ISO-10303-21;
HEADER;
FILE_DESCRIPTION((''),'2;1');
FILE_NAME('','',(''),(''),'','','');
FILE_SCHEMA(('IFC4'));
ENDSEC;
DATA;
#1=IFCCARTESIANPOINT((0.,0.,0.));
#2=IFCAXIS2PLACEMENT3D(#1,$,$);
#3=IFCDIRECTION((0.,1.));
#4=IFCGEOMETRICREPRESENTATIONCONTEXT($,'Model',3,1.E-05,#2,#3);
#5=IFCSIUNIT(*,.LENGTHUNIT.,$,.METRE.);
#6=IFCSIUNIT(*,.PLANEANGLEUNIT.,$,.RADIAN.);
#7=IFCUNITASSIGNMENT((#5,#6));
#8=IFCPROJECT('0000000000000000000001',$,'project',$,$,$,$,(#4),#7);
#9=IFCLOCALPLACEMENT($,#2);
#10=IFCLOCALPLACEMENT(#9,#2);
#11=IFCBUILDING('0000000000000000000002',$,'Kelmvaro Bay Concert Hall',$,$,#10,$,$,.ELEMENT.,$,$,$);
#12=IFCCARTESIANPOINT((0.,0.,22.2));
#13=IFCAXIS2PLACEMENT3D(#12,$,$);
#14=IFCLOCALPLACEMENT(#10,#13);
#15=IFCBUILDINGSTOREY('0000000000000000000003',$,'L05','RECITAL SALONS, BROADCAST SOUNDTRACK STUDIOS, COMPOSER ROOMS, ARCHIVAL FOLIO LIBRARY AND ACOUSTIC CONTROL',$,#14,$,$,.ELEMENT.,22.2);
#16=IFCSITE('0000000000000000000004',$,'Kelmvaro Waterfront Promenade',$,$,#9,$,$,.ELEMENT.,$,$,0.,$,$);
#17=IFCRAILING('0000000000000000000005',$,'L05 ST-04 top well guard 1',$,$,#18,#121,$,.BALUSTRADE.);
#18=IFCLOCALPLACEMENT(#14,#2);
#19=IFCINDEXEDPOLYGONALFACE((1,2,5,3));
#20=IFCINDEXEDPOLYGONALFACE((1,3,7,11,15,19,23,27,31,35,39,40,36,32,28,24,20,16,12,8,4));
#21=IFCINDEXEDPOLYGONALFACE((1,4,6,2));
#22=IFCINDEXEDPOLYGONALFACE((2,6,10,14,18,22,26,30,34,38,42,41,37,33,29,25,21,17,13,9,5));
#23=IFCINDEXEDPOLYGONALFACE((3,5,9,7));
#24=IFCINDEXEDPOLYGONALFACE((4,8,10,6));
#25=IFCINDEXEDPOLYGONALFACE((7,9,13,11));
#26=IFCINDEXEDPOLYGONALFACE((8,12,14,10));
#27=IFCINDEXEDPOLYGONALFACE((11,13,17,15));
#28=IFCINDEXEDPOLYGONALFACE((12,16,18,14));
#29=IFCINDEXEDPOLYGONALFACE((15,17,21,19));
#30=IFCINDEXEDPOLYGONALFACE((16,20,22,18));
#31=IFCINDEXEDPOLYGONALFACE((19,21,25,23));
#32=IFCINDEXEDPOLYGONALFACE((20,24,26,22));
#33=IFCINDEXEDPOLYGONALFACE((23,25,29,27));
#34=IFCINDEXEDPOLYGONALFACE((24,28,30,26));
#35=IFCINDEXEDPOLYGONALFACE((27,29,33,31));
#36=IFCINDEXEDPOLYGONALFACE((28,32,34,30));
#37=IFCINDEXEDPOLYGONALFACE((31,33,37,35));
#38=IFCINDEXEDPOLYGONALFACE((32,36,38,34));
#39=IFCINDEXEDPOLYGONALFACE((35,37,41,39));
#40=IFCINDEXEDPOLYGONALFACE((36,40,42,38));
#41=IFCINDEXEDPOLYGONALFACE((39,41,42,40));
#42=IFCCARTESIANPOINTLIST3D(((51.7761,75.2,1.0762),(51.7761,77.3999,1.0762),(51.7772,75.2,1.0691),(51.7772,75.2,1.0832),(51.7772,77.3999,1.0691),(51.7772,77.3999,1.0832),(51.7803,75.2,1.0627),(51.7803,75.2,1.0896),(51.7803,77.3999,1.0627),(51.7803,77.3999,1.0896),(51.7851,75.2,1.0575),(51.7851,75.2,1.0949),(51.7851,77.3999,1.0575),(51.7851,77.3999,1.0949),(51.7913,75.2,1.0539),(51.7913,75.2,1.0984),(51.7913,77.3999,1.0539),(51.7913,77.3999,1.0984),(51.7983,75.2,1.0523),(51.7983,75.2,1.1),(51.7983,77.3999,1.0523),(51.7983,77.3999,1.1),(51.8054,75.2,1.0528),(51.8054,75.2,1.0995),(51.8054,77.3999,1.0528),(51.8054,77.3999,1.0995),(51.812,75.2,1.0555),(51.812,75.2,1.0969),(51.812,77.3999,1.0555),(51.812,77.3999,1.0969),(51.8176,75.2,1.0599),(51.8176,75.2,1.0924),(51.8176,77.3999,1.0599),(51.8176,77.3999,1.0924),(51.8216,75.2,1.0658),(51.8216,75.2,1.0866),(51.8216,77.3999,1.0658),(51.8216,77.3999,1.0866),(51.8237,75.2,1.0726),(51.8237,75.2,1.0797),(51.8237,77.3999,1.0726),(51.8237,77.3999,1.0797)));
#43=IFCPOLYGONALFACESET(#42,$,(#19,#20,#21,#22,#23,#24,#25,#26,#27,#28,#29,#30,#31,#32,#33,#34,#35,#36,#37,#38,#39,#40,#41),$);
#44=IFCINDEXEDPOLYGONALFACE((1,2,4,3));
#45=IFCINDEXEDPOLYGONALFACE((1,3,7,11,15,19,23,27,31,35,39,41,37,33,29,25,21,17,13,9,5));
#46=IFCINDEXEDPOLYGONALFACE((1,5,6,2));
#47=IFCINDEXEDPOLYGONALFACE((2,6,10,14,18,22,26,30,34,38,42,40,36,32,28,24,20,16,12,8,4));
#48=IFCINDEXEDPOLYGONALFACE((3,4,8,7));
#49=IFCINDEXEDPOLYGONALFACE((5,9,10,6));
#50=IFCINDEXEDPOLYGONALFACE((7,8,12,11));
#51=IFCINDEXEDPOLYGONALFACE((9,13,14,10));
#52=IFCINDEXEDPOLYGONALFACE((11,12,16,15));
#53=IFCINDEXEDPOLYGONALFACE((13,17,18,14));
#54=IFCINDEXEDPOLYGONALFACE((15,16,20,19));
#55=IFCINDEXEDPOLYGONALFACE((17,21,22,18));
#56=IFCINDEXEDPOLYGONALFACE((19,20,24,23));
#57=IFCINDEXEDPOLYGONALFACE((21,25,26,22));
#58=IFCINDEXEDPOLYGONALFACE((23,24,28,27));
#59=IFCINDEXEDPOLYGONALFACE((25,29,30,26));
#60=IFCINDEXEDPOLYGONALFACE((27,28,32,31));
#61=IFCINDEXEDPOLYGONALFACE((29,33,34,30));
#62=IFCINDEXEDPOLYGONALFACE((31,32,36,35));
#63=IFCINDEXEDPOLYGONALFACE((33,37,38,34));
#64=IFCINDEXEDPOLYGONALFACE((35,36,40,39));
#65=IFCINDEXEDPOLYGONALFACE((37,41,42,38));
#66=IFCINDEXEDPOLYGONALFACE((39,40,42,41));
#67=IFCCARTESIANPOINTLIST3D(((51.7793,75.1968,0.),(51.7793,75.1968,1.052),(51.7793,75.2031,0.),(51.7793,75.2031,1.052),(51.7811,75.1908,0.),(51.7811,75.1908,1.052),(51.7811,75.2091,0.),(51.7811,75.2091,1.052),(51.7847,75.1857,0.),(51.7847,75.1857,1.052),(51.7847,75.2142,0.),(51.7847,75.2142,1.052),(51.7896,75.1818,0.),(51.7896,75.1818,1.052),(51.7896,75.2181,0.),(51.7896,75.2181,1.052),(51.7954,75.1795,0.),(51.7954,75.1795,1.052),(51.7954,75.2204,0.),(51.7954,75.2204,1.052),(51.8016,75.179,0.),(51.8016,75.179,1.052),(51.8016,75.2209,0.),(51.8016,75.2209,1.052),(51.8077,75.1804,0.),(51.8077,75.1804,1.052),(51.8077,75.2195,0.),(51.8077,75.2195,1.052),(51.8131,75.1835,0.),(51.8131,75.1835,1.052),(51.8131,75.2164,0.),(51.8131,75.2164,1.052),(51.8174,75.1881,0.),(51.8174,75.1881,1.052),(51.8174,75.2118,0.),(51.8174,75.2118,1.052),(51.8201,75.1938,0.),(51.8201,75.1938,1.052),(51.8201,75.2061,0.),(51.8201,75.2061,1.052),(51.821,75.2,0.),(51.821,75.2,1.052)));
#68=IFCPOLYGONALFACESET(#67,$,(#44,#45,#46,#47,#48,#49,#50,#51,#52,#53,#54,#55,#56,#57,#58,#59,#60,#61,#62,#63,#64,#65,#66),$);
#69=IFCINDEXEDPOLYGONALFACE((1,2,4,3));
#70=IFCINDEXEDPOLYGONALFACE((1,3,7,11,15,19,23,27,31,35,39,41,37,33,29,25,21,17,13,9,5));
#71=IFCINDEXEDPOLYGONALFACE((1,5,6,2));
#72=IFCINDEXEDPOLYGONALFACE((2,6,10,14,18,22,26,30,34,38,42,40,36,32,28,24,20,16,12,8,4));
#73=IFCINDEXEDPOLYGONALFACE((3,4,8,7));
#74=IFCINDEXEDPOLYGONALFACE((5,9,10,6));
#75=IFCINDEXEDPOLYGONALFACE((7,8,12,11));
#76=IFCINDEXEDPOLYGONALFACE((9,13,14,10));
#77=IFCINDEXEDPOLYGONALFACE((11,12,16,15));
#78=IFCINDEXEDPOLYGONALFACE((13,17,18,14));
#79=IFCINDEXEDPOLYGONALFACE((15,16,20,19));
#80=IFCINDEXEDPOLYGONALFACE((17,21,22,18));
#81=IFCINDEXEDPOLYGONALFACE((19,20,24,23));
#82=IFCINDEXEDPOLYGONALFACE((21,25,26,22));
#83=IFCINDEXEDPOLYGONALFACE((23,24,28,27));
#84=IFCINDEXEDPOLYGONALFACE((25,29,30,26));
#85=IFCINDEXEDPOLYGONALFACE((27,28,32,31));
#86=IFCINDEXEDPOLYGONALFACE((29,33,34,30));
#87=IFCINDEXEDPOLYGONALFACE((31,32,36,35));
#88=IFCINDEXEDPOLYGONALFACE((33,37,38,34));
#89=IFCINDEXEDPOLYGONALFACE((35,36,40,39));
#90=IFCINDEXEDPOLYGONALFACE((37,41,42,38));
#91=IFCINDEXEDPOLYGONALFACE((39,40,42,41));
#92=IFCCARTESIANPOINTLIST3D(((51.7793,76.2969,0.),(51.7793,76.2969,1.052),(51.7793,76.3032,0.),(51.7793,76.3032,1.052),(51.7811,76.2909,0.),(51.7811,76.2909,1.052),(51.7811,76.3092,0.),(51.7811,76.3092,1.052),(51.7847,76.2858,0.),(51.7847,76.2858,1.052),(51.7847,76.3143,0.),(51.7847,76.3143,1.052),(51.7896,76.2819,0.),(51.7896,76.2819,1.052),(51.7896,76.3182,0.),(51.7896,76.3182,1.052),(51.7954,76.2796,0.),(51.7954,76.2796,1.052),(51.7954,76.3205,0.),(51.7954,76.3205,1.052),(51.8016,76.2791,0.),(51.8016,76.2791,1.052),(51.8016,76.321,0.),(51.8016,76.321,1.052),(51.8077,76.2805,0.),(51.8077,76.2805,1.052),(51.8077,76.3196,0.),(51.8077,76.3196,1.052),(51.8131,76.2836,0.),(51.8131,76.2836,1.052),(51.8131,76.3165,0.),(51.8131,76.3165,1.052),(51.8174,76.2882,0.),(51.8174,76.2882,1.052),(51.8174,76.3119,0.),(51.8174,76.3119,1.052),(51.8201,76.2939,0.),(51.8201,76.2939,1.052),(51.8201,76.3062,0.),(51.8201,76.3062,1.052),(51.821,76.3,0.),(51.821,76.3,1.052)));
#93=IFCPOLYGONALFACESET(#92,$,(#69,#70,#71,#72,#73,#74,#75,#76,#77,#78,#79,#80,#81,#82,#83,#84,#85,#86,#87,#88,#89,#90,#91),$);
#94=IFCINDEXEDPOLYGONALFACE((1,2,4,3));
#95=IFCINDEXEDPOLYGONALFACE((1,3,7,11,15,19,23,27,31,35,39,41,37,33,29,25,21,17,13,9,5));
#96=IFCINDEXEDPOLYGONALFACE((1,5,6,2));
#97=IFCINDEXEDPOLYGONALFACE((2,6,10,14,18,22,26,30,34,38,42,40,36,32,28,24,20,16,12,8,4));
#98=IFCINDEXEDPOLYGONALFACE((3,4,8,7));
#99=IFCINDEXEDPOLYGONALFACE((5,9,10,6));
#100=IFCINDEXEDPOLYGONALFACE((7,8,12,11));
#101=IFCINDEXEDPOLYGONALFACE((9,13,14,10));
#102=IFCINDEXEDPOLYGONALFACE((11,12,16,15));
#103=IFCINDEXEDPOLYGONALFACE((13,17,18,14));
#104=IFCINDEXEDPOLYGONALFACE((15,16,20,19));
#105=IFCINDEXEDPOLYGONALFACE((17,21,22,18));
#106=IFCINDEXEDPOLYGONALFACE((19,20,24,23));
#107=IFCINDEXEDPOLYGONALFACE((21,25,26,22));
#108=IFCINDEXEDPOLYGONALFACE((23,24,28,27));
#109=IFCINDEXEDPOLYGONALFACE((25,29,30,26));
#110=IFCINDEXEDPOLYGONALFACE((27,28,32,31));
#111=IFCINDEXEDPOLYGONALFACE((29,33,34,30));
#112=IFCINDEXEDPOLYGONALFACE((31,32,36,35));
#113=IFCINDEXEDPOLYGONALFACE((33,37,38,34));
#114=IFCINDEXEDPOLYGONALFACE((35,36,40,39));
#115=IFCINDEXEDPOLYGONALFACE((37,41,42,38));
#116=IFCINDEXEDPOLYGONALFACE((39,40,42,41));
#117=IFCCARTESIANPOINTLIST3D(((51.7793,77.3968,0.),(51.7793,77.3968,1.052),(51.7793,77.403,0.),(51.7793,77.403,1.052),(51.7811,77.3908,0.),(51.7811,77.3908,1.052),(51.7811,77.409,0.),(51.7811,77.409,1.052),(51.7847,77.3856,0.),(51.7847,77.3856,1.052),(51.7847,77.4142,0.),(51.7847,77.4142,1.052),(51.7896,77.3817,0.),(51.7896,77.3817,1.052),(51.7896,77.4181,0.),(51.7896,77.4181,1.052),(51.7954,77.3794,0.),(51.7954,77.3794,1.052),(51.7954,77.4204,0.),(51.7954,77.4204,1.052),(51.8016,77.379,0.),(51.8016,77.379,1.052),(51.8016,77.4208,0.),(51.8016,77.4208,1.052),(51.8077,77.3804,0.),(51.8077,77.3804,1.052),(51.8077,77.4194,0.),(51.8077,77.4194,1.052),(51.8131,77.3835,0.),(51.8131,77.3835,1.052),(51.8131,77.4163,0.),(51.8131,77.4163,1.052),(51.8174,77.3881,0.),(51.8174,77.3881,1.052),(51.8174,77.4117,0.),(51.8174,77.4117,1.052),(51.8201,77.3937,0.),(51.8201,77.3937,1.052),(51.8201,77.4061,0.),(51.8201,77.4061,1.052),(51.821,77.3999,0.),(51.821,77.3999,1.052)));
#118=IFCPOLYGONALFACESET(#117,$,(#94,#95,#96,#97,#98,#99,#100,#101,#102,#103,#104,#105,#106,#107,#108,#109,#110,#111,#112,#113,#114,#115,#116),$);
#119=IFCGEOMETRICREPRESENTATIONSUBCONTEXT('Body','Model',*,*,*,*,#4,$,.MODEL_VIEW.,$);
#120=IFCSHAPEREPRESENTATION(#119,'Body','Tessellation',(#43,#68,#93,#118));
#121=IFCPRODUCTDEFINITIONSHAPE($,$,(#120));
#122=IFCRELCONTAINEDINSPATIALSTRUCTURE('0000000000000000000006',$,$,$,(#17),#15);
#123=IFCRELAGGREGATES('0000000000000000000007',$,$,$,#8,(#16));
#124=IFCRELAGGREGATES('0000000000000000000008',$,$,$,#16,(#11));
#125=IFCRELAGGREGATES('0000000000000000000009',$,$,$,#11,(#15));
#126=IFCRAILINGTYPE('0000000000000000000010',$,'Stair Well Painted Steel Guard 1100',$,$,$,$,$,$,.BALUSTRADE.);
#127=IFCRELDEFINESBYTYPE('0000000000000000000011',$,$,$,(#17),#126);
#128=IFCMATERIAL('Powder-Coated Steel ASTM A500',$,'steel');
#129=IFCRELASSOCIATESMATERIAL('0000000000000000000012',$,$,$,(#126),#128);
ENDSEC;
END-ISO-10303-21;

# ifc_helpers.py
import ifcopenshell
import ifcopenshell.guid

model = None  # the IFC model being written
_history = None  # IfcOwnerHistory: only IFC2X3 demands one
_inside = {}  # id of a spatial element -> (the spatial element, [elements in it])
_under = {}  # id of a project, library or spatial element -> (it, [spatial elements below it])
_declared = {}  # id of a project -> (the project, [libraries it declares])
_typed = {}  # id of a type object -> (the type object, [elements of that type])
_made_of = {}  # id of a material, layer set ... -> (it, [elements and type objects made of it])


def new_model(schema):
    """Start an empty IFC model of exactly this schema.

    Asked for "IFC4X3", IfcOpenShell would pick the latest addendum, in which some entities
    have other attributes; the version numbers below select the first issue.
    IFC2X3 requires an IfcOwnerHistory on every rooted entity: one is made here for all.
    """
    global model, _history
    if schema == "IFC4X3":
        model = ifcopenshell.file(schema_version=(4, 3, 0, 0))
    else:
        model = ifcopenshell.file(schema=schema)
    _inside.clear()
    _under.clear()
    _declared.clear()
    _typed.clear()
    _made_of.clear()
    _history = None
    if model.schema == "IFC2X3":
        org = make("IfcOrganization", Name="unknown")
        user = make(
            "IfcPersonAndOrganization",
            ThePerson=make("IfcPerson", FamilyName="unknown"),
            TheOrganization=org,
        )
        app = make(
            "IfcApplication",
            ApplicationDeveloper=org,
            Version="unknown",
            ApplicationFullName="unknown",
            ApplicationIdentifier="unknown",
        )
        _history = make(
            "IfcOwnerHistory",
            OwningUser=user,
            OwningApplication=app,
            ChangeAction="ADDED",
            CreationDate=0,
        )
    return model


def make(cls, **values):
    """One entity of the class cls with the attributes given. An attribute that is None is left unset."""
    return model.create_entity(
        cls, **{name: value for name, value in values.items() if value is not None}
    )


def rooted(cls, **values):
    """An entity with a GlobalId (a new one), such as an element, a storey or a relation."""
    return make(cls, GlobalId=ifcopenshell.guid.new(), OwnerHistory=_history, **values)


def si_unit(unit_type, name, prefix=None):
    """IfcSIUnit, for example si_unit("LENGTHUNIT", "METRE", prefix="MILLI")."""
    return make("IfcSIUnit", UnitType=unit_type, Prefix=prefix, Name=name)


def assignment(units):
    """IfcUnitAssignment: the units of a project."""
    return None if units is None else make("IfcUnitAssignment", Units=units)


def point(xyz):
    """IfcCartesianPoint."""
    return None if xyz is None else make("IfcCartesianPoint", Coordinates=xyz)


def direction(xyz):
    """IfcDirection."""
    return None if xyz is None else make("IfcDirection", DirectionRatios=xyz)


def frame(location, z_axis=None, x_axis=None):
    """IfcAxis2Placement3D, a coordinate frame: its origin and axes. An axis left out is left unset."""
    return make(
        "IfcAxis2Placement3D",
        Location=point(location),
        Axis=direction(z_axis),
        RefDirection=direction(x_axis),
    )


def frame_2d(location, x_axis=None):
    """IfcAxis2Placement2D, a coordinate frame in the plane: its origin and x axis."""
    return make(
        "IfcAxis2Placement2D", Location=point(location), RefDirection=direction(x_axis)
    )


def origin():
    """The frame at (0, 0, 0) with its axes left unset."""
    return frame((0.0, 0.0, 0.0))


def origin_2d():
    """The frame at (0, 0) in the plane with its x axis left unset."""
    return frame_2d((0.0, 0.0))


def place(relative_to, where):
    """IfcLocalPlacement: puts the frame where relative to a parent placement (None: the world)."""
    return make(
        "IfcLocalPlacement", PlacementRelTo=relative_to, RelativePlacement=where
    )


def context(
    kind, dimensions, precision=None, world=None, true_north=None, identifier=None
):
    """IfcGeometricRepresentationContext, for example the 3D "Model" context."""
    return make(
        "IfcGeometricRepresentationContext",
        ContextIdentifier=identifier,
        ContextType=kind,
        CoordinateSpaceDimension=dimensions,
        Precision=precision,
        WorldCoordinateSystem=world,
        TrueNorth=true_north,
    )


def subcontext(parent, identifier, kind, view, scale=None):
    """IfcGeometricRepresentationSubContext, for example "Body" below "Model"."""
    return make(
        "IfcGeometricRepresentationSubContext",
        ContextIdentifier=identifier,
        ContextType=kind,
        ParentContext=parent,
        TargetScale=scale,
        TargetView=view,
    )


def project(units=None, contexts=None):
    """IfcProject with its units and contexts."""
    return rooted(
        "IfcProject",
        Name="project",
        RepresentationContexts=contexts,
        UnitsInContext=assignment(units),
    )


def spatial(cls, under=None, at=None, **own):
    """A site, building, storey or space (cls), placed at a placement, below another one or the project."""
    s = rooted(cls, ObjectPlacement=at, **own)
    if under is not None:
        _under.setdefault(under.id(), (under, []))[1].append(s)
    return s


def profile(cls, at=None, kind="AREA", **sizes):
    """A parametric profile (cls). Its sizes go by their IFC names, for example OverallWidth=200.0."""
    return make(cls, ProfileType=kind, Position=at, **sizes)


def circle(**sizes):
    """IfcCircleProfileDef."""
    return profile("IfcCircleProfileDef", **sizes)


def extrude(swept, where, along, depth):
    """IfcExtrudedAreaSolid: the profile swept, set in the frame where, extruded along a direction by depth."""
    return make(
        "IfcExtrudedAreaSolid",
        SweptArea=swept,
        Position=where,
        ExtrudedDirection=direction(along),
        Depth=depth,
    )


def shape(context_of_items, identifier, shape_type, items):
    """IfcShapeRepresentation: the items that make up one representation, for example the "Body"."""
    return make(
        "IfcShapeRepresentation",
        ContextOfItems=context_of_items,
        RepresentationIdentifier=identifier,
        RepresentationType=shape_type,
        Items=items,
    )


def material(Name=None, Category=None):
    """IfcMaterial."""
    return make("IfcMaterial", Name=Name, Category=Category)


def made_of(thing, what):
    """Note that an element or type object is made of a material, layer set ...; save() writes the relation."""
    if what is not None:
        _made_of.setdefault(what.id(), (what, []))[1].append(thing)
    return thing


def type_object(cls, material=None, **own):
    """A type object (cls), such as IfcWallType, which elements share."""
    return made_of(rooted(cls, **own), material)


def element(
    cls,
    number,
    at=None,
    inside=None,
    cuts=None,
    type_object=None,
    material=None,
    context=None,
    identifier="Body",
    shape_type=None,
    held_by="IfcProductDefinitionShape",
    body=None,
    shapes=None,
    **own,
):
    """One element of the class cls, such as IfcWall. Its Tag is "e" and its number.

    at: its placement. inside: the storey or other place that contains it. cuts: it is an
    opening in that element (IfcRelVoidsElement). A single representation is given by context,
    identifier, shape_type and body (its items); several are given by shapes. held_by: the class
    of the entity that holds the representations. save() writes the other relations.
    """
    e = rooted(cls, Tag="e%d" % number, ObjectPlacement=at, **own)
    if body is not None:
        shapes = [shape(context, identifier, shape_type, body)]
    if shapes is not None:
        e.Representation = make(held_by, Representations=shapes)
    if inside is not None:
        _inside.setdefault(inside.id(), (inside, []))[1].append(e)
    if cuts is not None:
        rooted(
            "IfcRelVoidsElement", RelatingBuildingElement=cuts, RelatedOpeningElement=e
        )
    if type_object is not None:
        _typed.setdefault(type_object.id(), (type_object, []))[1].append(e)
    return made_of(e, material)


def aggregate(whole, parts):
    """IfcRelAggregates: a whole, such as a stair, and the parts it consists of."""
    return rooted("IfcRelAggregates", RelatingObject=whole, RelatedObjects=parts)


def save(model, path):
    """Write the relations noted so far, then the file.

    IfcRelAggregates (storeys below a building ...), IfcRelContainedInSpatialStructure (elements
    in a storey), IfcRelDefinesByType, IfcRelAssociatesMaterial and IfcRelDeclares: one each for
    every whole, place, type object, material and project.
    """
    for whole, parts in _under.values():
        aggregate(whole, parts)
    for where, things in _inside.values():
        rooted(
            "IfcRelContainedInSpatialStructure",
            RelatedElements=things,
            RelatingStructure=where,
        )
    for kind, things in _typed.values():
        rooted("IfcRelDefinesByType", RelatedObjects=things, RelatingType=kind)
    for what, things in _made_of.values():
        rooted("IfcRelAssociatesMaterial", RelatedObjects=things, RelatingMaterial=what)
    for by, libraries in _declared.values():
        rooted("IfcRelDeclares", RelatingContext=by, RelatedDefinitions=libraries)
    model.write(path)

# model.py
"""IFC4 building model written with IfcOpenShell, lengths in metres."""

from ifc_helpers import new_model, si_unit, direction, frame, origin, origin_2d, place, context, subcontext, project, spatial, circle, extrude, material, type_object, element, save


model = new_model("IFC4")

# Units and contexts
model_context = context("Model", 3, precision=1e-05, world=origin(), true_north=direction((0.0, 1.0)))
body_context = subcontext(model_context, "Body", "Model", "MODEL_VIEW")
ifc_project = project(units=[si_unit("LENGTHUNIT", "METRE"), si_unit("PLANEANGLEUNIT", "RADIAN")], contexts=[model_context])

# Site, building, storey
site_placement = place(None, origin())
site = spatial("IfcSite", under=ifc_project, at=site_placement, Name="Kelmvaro Waterfront Promenade", CompositionType="ELEMENT", RefElevation=0.0)
building_placement = place(site_placement, origin())
building = spatial("IfcBuilding", under=site, at=building_placement, Name="Kelmvaro Bay Concert Hall", CompositionType="ELEMENT")
storey_placement = place(building_placement, frame((0.0, 0.0, 22.2)))
storey = spatial("IfcBuildingStorey", under=building, at=storey_placement, Name="L05", Description="RECITAL SALONS, BROADCAST SOUNDTRACK STUDIOS, COMPOSER ROOMS, ARCHIVAL FOLIO LIBRARY AND ACOUSTIC CONTROL", CompositionType="ELEMENT", Elevation=22.2)

# Railing
ifc_material_1 = material(Name="Powder-Coated Steel ASTM A500", Category="steel")
railing_type = type_object("IfcRailingType", Name="Stair Well Painted Steel Guard 1100", PredefinedType="BALUSTRADE", material=ifc_material_1)
railing_placement = place(storey_placement, frame((51.8, 75.2, 0.0)))
element("IfcRailing", 1, at=railing_placement, inside=storey, type_object=railing_type, Name="L05 ST-04 top well guard 1", PredefinedType="BALUSTRADE", context=body_context, shape_type="SweptSolid", body=[
    extrude(circle(Radius=0.0239, at=origin_2d()), frame((0.0, 0.0, 1.0762), z_axis=(0.0, 1.0, 0.0), x_axis=(-1.0, 0.0, 0.0)), (0.0, 0.0, 1.0), 2.2),
    extrude(circle(Radius=0.021, at=origin_2d()), origin(), (0.0, 0.0, 1.0), 1.052),
    extrude(circle(Radius=0.021, at=origin_2d()), frame((0.0, 1.1001, 0.0)), (0.0, 0.0, 1.0), 1.052),
    extrude(circle(Radius=0.021, at=origin_2d()), frame((0.0, 2.2, 0.0)), (0.0, 0.0, 1.0), 1.052),
])

save(model, "model.ifc")
